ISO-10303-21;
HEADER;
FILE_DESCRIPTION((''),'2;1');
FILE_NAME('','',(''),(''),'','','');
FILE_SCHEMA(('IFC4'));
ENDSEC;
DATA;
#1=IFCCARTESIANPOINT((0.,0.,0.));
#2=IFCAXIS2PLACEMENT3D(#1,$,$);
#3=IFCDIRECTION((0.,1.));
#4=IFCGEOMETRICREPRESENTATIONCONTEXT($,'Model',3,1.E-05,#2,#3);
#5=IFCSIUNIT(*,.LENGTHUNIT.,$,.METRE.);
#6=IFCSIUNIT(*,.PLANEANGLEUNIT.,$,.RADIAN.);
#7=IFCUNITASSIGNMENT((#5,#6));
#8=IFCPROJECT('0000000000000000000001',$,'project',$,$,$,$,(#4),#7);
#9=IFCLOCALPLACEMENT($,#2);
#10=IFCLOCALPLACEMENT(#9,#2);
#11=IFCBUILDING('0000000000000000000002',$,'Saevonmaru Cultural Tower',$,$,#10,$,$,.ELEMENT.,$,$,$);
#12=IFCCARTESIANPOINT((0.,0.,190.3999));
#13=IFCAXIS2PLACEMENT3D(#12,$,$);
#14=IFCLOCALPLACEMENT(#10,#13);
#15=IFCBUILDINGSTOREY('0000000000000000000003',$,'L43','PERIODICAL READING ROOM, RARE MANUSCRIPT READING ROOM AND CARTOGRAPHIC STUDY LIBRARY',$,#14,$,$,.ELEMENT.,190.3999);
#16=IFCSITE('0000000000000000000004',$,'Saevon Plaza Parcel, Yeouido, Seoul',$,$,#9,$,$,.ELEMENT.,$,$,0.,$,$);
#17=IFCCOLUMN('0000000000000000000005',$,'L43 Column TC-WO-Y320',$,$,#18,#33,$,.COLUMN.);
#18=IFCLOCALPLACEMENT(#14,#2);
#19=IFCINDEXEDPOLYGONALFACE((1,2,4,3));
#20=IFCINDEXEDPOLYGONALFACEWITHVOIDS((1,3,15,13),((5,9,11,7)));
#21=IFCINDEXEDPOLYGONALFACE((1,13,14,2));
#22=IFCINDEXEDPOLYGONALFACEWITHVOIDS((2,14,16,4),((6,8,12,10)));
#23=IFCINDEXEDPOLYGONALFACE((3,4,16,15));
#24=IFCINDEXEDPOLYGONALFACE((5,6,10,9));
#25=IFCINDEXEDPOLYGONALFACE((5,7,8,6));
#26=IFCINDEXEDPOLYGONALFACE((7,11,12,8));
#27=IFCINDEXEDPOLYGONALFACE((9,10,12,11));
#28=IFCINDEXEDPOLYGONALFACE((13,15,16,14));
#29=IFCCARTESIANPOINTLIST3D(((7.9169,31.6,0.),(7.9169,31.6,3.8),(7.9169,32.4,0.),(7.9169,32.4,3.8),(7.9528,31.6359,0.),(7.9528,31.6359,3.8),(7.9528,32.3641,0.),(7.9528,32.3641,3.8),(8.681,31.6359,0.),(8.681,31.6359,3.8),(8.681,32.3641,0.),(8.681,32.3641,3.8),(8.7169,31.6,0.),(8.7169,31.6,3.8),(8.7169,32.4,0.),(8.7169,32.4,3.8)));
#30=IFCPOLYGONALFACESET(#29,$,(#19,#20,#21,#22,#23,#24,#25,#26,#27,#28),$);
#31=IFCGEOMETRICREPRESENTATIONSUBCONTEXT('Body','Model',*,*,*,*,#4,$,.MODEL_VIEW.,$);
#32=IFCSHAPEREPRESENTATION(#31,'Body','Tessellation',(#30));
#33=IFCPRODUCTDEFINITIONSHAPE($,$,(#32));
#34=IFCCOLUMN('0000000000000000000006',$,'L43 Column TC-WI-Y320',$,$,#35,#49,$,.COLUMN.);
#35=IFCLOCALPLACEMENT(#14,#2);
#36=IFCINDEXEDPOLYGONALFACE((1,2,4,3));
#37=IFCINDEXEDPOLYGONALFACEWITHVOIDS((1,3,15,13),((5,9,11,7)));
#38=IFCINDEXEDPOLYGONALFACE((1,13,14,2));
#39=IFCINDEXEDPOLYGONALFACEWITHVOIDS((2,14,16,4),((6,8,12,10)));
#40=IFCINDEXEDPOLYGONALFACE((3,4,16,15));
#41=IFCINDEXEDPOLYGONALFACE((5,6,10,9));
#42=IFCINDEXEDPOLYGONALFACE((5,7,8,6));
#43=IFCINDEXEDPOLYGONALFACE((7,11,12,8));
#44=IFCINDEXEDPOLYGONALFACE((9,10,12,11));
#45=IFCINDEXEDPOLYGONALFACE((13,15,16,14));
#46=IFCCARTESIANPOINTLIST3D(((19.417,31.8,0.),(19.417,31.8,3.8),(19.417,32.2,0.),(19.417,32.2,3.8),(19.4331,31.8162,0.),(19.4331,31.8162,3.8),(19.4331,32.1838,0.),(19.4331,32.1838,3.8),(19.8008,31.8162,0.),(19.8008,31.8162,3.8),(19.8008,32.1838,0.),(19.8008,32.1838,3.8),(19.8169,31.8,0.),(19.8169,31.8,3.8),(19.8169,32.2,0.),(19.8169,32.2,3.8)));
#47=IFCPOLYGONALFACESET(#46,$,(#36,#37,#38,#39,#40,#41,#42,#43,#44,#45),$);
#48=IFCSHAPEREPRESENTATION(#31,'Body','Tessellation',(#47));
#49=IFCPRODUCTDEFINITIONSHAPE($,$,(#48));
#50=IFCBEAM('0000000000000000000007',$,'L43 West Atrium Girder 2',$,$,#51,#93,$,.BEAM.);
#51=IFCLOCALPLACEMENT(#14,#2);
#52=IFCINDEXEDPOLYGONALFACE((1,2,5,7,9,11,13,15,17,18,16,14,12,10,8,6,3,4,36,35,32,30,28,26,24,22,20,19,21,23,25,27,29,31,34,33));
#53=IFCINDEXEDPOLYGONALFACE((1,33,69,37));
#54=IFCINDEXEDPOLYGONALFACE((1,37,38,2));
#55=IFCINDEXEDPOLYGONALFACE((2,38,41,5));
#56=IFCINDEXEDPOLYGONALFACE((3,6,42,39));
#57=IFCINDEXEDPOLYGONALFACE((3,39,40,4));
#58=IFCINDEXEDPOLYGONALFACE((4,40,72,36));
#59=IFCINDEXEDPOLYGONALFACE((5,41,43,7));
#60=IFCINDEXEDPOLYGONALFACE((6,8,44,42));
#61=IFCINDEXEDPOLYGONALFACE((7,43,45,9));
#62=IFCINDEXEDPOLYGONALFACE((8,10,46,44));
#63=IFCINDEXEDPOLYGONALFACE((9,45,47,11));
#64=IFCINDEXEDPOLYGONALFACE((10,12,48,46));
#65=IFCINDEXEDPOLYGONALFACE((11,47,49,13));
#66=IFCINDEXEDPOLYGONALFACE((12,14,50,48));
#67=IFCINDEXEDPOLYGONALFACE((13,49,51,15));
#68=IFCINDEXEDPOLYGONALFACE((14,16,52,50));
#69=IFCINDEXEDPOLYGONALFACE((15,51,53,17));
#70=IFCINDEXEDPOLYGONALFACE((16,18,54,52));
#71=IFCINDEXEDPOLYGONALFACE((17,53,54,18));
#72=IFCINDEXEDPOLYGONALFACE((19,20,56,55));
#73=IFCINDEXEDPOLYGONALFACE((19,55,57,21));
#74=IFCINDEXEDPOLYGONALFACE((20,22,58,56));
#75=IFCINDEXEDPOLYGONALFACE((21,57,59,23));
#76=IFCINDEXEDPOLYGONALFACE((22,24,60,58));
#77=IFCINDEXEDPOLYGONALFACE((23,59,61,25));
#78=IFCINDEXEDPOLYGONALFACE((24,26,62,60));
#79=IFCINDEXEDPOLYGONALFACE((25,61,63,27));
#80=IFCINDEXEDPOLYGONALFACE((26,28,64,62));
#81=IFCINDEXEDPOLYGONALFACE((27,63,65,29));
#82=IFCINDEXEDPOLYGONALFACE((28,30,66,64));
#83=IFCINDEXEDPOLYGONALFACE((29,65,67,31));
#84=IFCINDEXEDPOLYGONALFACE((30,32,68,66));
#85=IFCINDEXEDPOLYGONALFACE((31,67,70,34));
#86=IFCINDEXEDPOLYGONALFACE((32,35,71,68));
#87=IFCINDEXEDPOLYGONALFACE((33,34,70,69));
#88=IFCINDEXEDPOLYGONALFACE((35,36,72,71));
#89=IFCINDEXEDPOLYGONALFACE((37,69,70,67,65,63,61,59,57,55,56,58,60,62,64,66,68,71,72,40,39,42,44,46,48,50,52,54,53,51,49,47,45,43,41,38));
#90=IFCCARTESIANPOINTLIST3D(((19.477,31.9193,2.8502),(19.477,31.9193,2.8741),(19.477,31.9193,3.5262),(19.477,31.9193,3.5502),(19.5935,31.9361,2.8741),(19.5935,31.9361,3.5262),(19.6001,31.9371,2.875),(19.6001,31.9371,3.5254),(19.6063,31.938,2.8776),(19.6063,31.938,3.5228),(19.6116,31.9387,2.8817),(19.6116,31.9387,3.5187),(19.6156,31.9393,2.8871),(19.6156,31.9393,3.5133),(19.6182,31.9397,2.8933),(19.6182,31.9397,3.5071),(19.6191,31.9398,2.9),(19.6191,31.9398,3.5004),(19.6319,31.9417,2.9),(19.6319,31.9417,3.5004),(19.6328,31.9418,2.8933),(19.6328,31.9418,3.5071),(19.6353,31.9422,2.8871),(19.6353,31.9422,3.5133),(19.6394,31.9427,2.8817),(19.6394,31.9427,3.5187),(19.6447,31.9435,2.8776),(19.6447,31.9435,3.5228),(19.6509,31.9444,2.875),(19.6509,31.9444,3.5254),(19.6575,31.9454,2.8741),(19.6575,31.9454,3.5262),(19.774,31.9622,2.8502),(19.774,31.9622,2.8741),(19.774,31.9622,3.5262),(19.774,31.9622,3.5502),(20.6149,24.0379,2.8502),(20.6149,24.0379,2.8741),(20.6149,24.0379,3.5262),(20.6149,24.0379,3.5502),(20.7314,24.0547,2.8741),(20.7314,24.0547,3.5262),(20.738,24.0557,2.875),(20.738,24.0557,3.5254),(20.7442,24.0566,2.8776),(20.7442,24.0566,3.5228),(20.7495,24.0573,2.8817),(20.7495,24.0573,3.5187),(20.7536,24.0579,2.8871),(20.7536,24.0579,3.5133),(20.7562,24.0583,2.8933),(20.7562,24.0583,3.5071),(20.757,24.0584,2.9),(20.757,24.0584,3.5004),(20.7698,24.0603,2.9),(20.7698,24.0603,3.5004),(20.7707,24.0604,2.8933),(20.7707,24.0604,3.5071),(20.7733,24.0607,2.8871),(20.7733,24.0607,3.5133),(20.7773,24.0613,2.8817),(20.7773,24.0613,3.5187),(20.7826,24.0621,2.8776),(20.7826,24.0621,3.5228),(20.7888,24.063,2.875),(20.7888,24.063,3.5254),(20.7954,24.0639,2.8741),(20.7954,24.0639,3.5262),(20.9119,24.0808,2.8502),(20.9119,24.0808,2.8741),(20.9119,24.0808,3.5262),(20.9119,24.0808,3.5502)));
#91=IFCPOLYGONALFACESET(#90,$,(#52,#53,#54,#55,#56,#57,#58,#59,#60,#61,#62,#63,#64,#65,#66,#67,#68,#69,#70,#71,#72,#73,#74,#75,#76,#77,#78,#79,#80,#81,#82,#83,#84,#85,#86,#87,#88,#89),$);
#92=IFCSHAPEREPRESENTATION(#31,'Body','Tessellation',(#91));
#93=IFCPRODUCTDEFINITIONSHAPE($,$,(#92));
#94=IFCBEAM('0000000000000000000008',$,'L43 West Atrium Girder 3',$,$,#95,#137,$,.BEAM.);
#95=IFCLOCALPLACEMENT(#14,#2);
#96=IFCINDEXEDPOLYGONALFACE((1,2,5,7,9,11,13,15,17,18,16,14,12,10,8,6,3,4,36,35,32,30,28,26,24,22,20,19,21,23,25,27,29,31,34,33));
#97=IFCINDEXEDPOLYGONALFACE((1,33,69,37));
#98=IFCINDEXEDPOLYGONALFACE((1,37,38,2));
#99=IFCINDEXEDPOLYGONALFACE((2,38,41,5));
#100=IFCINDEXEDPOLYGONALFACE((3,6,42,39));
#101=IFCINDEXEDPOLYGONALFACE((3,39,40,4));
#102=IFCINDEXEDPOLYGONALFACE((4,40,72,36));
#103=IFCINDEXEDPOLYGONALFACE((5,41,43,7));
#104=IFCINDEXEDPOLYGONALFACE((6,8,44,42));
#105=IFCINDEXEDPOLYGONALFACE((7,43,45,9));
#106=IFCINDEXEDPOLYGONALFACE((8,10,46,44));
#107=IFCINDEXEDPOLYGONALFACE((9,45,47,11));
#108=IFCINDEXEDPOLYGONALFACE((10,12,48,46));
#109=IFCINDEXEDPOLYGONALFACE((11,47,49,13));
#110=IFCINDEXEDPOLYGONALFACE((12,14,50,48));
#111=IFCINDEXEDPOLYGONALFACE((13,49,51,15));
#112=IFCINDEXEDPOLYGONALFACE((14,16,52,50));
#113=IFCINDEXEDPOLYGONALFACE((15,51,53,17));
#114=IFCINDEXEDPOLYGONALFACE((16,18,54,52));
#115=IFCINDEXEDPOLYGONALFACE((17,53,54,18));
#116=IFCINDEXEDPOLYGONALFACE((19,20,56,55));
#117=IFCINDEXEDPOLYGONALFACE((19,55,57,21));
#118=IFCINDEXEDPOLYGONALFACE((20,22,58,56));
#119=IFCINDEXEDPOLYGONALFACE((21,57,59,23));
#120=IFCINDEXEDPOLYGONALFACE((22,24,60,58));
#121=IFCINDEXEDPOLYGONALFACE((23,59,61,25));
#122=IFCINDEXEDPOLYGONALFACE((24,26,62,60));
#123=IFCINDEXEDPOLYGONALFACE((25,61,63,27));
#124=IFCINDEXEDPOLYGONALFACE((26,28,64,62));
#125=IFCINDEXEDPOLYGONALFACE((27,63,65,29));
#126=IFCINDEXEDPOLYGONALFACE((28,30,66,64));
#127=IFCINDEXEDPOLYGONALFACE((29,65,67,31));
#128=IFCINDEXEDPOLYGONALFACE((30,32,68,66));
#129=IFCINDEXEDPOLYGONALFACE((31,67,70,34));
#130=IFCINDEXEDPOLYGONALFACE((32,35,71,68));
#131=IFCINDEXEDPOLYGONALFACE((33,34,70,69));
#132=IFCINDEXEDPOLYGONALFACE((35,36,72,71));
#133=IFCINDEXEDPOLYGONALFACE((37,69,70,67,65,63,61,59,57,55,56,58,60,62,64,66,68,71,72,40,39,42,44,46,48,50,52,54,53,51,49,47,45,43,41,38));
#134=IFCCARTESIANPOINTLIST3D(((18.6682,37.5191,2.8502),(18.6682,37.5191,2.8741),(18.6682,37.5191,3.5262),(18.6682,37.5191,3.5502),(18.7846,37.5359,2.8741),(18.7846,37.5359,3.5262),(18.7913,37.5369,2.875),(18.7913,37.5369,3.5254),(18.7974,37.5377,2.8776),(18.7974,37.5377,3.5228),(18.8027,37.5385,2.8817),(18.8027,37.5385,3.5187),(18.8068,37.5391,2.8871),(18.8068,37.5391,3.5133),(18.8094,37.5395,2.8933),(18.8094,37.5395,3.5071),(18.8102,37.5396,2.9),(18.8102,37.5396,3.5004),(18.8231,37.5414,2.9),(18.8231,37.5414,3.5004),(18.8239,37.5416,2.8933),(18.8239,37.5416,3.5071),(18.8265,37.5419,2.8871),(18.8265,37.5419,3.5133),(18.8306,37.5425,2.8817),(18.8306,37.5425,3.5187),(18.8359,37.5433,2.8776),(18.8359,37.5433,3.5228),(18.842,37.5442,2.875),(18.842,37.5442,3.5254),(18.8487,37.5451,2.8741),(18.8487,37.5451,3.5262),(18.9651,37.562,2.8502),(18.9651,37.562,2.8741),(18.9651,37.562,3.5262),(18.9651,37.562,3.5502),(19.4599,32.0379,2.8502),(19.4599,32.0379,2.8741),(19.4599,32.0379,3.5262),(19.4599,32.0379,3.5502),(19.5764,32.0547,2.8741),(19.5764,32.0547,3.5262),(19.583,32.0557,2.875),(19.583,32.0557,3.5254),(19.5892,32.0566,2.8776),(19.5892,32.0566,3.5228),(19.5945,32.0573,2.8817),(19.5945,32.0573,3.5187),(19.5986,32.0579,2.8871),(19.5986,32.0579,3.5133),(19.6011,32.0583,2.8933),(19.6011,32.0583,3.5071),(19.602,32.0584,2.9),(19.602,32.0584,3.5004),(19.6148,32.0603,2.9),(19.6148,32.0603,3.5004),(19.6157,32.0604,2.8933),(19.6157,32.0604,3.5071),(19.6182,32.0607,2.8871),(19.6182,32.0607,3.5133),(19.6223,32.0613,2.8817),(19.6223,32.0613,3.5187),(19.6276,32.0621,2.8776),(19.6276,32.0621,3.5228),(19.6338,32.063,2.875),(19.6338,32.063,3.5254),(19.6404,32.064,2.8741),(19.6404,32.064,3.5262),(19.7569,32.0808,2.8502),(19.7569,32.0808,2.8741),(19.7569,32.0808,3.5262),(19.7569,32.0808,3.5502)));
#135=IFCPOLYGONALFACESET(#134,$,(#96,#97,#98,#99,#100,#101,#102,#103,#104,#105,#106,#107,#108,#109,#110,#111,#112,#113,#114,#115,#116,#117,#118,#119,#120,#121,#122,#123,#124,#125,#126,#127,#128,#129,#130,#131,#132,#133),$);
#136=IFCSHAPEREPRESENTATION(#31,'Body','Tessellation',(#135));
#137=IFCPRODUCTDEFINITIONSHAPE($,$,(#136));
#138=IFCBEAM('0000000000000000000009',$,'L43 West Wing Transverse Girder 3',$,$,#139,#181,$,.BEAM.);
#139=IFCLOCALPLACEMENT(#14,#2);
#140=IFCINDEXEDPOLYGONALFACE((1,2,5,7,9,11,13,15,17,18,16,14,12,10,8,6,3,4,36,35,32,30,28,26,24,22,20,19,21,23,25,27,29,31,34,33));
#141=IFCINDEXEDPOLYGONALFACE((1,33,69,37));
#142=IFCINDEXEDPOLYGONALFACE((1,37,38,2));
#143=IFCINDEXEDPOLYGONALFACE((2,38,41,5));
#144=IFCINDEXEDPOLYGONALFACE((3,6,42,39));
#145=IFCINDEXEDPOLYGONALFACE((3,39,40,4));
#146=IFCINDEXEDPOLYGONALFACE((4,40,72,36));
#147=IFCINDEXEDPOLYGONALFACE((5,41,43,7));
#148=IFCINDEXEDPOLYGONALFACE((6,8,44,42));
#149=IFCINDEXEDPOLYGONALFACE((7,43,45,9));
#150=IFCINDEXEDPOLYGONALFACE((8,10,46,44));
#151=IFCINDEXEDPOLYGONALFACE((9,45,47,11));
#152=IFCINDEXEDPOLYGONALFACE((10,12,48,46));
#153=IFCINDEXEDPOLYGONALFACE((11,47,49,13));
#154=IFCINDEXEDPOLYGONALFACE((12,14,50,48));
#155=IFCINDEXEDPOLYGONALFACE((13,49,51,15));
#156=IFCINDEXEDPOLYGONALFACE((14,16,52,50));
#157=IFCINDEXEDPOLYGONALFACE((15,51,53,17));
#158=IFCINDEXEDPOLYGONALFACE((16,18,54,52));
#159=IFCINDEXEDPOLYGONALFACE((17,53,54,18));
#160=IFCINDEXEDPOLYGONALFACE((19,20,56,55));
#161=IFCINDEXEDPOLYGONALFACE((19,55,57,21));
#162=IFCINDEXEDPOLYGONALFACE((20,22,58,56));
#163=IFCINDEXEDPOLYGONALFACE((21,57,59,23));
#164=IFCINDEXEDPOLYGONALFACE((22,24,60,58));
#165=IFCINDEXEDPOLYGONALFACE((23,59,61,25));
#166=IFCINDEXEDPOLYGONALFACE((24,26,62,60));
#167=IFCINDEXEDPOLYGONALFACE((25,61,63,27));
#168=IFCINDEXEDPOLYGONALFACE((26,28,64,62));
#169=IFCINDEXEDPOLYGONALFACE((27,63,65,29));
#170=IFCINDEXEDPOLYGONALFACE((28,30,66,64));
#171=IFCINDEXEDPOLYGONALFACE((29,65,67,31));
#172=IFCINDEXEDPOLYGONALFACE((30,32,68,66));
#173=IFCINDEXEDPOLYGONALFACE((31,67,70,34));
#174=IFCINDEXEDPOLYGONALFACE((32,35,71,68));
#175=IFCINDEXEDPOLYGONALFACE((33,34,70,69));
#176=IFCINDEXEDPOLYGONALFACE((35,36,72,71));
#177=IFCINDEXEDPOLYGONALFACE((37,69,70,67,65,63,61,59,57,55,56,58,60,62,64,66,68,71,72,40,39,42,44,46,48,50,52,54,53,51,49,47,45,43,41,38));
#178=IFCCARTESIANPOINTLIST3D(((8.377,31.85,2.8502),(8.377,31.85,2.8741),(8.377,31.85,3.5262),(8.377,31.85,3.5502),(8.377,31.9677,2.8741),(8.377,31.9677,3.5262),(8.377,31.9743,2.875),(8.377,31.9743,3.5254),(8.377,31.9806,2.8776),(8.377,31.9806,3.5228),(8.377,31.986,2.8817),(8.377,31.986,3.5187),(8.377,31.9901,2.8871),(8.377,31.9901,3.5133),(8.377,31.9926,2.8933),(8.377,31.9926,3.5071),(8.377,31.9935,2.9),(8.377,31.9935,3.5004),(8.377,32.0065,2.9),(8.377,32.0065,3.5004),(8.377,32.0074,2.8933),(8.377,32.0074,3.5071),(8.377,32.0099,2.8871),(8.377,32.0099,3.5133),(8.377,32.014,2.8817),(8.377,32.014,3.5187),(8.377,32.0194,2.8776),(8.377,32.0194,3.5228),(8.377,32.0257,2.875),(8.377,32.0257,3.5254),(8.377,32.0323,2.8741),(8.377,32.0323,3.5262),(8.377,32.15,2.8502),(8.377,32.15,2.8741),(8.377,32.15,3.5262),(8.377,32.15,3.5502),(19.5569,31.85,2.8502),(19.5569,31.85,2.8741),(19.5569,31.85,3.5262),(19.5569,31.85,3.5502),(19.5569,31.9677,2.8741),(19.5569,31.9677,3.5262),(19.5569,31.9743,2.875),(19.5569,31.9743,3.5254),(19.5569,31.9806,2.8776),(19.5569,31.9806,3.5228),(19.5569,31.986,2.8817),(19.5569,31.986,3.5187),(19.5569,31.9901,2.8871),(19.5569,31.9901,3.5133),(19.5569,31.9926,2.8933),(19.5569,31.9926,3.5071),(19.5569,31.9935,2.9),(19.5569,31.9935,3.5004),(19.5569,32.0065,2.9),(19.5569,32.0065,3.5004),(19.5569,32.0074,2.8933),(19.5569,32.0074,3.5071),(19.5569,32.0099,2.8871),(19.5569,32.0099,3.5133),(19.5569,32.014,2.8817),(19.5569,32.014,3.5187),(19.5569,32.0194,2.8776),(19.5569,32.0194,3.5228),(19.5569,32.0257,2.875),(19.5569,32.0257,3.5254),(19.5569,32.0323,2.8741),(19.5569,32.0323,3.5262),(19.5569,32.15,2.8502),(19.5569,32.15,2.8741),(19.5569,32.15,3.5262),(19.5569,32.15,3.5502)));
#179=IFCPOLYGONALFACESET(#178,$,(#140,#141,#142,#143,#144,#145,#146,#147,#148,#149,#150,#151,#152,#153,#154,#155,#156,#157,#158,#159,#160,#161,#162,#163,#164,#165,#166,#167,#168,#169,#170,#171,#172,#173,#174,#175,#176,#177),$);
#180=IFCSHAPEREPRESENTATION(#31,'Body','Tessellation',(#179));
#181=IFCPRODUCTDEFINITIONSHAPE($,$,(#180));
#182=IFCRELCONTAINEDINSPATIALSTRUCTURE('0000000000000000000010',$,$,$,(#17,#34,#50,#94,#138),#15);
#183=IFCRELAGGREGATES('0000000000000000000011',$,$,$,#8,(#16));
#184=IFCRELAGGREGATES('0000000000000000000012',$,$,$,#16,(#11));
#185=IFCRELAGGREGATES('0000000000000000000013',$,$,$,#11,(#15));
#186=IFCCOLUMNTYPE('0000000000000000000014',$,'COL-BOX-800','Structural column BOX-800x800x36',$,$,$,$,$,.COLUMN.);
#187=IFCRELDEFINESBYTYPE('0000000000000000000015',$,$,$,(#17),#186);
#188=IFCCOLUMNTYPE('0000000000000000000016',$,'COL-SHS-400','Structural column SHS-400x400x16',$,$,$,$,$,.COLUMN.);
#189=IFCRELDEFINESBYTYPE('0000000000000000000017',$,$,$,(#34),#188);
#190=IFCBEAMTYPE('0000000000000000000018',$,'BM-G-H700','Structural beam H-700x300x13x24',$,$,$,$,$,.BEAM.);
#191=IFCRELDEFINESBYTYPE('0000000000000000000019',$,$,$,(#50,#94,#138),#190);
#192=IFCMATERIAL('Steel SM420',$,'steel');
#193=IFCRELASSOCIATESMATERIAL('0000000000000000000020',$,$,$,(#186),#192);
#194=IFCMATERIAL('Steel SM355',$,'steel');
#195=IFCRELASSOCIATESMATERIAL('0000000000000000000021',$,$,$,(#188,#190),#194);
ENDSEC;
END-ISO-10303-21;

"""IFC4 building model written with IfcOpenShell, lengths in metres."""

from ifc_helpers import new_model, si_unit, direction, frame, origin, origin_2d, place, context, subcontext, project, spatial, hollow_rectangle, i_section, extrude, material, material_profile, profile_set, type_object, element, save


model = new_model("IFC4")

# Units and contexts
model_context = context("Model", 3, precision=1e-05, world=origin(), true_north=direction((0.0, 1.0)))
body_context = subcontext(model_context, "Body", "Model", "MODEL_VIEW")
ifc_project = project(units=[si_unit("LENGTHUNIT", "METRE"), si_unit("PLANEANGLEUNIT", "RADIAN")], contexts=[model_context])

# Site, building, storey
site_placement = place(None, origin())
site = spatial("IfcSite", under=ifc_project, at=site_placement, Name="Saevon Plaza Parcel, Yeouido, Seoul", CompositionType="ELEMENT", RefElevation=0.0)
building_placement = place(site_placement, origin())
building = spatial("IfcBuilding", under=site, at=building_placement, Name="Saevonmaru Cultural Tower", CompositionType="ELEMENT")
storey_placement = place(building_placement, frame((0.0, 0.0, 190.3999)))
storey = spatial("IfcBuildingStorey", under=building, at=storey_placement, Name="L43", Description="PERIODICAL READING ROOM, RARE MANUSCRIPT READING ROOM AND CARTOGRAPHIC STUDY LIBRARY", CompositionType="ELEMENT", Elevation=190.3999)

# Columns
ifc_material_1 = material(Name="Steel SM420", Category="steel")
ifc_material_profile_1 = material_profile(ifc_material_1, hollow_rectangle(XDim=0.8, YDim=0.8, WallThickness=0.0359, at=origin_2d()), Name="BOX-800x800x36")
ifc_profile_set_1 = profile_set([ifc_material_profile_1], Name="Steel SM420")
column_type_1 = type_object("IfcColumnType", Name="COL-BOX-800", Description="Structural column BOX-800x800x36", PredefinedType="COLUMN", material=ifc_profile_set_1)
column_1_placement = place(storey_placement, frame((8.3169, 32.0, 0.0), z_axis=(0.0, 0.0, 1.0), x_axis=(1.0, 0.0, 0.0)))
element("IfcColumn", 1, at=column_1_placement, inside=storey, type_object=column_type_1, Name="L43 Column TC-WO-Y320", PredefinedType="COLUMN", context=body_context, shape_type="SweptSolid", body=[
    extrude(hollow_rectangle(XDim=0.8, YDim=0.8, WallThickness=0.0359, at=origin_2d()), origin(), (0.0, 0.0, 1.0), 3.8),
])
ifc_material_2 = material(Name="Steel SM355", Category="steel")
ifc_material_profile_2 = material_profile(ifc_material_2, hollow_rectangle(XDim=0.3999, YDim=0.3999, WallThickness=0.0161, at=origin_2d()), Name="SHS-400x400x16")
ifc_profile_set_2 = profile_set([ifc_material_profile_2], Name="Steel SM355")
column_type_2 = type_object("IfcColumnType", Name="COL-SHS-400", Description="Structural column SHS-400x400x16", PredefinedType="COLUMN", material=ifc_profile_set_2)
column_2_placement = place(storey_placement, frame((19.6169, 32.0, 0.0), z_axis=(0.0, 0.0, 1.0), x_axis=(1.0, 0.0, 0.0)))
element("IfcColumn", 2, at=column_2_placement, inside=storey, type_object=column_type_2, Name="L43 Column TC-WI-Y320", PredefinedType="COLUMN", context=body_context, shape_type="SweptSolid", body=[
    extrude(hollow_rectangle(XDim=0.3999, YDim=0.3999, WallThickness=0.0161, at=origin_2d()), origin(), (0.0, 0.0, 1.0), 3.8),
])

# Beams
ifc_material_profile_3 = material_profile(ifc_material_2, i_section(OverallWidth=0.3, OverallDepth=0.7, WebThickness=0.0129, FlangeThickness=0.0239, FilletRadius=0.0259, at=origin_2d()), Name="H-700x300x13x24")
ifc_profile_set_3 = profile_set([ifc_material_profile_3], Name="Steel SM355")
beam_type_1 = type_object("IfcBeamType", Name="BM-G-H700", Description="Structural beam H-700x300x13x24", PredefinedType="BEAM", material=ifc_profile_set_3)
beam_1_placement = place(storey_placement, frame((20.7634, 24.0593, 3.2002), z_axis=(-0.142902, 0.989737, 0.0), x_axis=(-0.989737, -0.142902, 0.0)))
element("IfcBeam", 3, at=beam_1_placement, inside=storey, type_object=beam_type_1, Name="L43 West Atrium Girder 2", PredefinedType="BEAM", context=body_context, shape_type="SweptSolid", body=[
    extrude(i_section(OverallWidth=0.3, OverallDepth=0.7, WebThickness=0.0129, FlangeThickness=0.0239, FilletRadius=0.0259, at=origin_2d()), origin(), (0.0, 0.0, 1.0), 7.9631),
])
beam_2_placement = place(storey_placement, frame((19.6084, 32.0593, 3.2002), z_axis=(-0.142964, 0.989728, 0.0), x_axis=(-0.989728, -0.142964, 0.0)))
element("IfcBeam", 4, at=beam_2_placement, inside=storey, type_object=beam_type_1, Name="L43 West Atrium Girder 3", PredefinedType="BEAM", context=body_context, shape_type="SweptSolid", body=[
    extrude(i_section(OverallWidth=0.3, OverallDepth=0.7, WebThickness=0.0129, FlangeThickness=0.0239, FilletRadius=0.0259, at=origin_2d()), origin(), (0.0, 0.0, 1.0), 5.5381),
])
beam_3_placement = place(storey_placement, frame((8.377, 32.0, 3.2002), z_axis=(1.0, 0.0, 0.0), x_axis=(0.0, 1.0, 0.0)))
element("IfcBeam", 5, at=beam_3_placement, inside=storey, type_object=beam_type_1, Name="L43 West Wing Transverse Girder 3", PredefinedType="BEAM", context=body_context, shape_type="SweptSolid", body=[
    extrude(i_section(OverallWidth=0.3, OverallDepth=0.7, WebThickness=0.0129, FlangeThickness=0.0239, FilletRadius=0.0259, at=origin_2d()), origin(), (0.0, 0.0, 1.0), 11.1799),
])

save(model, "model.ifc")
